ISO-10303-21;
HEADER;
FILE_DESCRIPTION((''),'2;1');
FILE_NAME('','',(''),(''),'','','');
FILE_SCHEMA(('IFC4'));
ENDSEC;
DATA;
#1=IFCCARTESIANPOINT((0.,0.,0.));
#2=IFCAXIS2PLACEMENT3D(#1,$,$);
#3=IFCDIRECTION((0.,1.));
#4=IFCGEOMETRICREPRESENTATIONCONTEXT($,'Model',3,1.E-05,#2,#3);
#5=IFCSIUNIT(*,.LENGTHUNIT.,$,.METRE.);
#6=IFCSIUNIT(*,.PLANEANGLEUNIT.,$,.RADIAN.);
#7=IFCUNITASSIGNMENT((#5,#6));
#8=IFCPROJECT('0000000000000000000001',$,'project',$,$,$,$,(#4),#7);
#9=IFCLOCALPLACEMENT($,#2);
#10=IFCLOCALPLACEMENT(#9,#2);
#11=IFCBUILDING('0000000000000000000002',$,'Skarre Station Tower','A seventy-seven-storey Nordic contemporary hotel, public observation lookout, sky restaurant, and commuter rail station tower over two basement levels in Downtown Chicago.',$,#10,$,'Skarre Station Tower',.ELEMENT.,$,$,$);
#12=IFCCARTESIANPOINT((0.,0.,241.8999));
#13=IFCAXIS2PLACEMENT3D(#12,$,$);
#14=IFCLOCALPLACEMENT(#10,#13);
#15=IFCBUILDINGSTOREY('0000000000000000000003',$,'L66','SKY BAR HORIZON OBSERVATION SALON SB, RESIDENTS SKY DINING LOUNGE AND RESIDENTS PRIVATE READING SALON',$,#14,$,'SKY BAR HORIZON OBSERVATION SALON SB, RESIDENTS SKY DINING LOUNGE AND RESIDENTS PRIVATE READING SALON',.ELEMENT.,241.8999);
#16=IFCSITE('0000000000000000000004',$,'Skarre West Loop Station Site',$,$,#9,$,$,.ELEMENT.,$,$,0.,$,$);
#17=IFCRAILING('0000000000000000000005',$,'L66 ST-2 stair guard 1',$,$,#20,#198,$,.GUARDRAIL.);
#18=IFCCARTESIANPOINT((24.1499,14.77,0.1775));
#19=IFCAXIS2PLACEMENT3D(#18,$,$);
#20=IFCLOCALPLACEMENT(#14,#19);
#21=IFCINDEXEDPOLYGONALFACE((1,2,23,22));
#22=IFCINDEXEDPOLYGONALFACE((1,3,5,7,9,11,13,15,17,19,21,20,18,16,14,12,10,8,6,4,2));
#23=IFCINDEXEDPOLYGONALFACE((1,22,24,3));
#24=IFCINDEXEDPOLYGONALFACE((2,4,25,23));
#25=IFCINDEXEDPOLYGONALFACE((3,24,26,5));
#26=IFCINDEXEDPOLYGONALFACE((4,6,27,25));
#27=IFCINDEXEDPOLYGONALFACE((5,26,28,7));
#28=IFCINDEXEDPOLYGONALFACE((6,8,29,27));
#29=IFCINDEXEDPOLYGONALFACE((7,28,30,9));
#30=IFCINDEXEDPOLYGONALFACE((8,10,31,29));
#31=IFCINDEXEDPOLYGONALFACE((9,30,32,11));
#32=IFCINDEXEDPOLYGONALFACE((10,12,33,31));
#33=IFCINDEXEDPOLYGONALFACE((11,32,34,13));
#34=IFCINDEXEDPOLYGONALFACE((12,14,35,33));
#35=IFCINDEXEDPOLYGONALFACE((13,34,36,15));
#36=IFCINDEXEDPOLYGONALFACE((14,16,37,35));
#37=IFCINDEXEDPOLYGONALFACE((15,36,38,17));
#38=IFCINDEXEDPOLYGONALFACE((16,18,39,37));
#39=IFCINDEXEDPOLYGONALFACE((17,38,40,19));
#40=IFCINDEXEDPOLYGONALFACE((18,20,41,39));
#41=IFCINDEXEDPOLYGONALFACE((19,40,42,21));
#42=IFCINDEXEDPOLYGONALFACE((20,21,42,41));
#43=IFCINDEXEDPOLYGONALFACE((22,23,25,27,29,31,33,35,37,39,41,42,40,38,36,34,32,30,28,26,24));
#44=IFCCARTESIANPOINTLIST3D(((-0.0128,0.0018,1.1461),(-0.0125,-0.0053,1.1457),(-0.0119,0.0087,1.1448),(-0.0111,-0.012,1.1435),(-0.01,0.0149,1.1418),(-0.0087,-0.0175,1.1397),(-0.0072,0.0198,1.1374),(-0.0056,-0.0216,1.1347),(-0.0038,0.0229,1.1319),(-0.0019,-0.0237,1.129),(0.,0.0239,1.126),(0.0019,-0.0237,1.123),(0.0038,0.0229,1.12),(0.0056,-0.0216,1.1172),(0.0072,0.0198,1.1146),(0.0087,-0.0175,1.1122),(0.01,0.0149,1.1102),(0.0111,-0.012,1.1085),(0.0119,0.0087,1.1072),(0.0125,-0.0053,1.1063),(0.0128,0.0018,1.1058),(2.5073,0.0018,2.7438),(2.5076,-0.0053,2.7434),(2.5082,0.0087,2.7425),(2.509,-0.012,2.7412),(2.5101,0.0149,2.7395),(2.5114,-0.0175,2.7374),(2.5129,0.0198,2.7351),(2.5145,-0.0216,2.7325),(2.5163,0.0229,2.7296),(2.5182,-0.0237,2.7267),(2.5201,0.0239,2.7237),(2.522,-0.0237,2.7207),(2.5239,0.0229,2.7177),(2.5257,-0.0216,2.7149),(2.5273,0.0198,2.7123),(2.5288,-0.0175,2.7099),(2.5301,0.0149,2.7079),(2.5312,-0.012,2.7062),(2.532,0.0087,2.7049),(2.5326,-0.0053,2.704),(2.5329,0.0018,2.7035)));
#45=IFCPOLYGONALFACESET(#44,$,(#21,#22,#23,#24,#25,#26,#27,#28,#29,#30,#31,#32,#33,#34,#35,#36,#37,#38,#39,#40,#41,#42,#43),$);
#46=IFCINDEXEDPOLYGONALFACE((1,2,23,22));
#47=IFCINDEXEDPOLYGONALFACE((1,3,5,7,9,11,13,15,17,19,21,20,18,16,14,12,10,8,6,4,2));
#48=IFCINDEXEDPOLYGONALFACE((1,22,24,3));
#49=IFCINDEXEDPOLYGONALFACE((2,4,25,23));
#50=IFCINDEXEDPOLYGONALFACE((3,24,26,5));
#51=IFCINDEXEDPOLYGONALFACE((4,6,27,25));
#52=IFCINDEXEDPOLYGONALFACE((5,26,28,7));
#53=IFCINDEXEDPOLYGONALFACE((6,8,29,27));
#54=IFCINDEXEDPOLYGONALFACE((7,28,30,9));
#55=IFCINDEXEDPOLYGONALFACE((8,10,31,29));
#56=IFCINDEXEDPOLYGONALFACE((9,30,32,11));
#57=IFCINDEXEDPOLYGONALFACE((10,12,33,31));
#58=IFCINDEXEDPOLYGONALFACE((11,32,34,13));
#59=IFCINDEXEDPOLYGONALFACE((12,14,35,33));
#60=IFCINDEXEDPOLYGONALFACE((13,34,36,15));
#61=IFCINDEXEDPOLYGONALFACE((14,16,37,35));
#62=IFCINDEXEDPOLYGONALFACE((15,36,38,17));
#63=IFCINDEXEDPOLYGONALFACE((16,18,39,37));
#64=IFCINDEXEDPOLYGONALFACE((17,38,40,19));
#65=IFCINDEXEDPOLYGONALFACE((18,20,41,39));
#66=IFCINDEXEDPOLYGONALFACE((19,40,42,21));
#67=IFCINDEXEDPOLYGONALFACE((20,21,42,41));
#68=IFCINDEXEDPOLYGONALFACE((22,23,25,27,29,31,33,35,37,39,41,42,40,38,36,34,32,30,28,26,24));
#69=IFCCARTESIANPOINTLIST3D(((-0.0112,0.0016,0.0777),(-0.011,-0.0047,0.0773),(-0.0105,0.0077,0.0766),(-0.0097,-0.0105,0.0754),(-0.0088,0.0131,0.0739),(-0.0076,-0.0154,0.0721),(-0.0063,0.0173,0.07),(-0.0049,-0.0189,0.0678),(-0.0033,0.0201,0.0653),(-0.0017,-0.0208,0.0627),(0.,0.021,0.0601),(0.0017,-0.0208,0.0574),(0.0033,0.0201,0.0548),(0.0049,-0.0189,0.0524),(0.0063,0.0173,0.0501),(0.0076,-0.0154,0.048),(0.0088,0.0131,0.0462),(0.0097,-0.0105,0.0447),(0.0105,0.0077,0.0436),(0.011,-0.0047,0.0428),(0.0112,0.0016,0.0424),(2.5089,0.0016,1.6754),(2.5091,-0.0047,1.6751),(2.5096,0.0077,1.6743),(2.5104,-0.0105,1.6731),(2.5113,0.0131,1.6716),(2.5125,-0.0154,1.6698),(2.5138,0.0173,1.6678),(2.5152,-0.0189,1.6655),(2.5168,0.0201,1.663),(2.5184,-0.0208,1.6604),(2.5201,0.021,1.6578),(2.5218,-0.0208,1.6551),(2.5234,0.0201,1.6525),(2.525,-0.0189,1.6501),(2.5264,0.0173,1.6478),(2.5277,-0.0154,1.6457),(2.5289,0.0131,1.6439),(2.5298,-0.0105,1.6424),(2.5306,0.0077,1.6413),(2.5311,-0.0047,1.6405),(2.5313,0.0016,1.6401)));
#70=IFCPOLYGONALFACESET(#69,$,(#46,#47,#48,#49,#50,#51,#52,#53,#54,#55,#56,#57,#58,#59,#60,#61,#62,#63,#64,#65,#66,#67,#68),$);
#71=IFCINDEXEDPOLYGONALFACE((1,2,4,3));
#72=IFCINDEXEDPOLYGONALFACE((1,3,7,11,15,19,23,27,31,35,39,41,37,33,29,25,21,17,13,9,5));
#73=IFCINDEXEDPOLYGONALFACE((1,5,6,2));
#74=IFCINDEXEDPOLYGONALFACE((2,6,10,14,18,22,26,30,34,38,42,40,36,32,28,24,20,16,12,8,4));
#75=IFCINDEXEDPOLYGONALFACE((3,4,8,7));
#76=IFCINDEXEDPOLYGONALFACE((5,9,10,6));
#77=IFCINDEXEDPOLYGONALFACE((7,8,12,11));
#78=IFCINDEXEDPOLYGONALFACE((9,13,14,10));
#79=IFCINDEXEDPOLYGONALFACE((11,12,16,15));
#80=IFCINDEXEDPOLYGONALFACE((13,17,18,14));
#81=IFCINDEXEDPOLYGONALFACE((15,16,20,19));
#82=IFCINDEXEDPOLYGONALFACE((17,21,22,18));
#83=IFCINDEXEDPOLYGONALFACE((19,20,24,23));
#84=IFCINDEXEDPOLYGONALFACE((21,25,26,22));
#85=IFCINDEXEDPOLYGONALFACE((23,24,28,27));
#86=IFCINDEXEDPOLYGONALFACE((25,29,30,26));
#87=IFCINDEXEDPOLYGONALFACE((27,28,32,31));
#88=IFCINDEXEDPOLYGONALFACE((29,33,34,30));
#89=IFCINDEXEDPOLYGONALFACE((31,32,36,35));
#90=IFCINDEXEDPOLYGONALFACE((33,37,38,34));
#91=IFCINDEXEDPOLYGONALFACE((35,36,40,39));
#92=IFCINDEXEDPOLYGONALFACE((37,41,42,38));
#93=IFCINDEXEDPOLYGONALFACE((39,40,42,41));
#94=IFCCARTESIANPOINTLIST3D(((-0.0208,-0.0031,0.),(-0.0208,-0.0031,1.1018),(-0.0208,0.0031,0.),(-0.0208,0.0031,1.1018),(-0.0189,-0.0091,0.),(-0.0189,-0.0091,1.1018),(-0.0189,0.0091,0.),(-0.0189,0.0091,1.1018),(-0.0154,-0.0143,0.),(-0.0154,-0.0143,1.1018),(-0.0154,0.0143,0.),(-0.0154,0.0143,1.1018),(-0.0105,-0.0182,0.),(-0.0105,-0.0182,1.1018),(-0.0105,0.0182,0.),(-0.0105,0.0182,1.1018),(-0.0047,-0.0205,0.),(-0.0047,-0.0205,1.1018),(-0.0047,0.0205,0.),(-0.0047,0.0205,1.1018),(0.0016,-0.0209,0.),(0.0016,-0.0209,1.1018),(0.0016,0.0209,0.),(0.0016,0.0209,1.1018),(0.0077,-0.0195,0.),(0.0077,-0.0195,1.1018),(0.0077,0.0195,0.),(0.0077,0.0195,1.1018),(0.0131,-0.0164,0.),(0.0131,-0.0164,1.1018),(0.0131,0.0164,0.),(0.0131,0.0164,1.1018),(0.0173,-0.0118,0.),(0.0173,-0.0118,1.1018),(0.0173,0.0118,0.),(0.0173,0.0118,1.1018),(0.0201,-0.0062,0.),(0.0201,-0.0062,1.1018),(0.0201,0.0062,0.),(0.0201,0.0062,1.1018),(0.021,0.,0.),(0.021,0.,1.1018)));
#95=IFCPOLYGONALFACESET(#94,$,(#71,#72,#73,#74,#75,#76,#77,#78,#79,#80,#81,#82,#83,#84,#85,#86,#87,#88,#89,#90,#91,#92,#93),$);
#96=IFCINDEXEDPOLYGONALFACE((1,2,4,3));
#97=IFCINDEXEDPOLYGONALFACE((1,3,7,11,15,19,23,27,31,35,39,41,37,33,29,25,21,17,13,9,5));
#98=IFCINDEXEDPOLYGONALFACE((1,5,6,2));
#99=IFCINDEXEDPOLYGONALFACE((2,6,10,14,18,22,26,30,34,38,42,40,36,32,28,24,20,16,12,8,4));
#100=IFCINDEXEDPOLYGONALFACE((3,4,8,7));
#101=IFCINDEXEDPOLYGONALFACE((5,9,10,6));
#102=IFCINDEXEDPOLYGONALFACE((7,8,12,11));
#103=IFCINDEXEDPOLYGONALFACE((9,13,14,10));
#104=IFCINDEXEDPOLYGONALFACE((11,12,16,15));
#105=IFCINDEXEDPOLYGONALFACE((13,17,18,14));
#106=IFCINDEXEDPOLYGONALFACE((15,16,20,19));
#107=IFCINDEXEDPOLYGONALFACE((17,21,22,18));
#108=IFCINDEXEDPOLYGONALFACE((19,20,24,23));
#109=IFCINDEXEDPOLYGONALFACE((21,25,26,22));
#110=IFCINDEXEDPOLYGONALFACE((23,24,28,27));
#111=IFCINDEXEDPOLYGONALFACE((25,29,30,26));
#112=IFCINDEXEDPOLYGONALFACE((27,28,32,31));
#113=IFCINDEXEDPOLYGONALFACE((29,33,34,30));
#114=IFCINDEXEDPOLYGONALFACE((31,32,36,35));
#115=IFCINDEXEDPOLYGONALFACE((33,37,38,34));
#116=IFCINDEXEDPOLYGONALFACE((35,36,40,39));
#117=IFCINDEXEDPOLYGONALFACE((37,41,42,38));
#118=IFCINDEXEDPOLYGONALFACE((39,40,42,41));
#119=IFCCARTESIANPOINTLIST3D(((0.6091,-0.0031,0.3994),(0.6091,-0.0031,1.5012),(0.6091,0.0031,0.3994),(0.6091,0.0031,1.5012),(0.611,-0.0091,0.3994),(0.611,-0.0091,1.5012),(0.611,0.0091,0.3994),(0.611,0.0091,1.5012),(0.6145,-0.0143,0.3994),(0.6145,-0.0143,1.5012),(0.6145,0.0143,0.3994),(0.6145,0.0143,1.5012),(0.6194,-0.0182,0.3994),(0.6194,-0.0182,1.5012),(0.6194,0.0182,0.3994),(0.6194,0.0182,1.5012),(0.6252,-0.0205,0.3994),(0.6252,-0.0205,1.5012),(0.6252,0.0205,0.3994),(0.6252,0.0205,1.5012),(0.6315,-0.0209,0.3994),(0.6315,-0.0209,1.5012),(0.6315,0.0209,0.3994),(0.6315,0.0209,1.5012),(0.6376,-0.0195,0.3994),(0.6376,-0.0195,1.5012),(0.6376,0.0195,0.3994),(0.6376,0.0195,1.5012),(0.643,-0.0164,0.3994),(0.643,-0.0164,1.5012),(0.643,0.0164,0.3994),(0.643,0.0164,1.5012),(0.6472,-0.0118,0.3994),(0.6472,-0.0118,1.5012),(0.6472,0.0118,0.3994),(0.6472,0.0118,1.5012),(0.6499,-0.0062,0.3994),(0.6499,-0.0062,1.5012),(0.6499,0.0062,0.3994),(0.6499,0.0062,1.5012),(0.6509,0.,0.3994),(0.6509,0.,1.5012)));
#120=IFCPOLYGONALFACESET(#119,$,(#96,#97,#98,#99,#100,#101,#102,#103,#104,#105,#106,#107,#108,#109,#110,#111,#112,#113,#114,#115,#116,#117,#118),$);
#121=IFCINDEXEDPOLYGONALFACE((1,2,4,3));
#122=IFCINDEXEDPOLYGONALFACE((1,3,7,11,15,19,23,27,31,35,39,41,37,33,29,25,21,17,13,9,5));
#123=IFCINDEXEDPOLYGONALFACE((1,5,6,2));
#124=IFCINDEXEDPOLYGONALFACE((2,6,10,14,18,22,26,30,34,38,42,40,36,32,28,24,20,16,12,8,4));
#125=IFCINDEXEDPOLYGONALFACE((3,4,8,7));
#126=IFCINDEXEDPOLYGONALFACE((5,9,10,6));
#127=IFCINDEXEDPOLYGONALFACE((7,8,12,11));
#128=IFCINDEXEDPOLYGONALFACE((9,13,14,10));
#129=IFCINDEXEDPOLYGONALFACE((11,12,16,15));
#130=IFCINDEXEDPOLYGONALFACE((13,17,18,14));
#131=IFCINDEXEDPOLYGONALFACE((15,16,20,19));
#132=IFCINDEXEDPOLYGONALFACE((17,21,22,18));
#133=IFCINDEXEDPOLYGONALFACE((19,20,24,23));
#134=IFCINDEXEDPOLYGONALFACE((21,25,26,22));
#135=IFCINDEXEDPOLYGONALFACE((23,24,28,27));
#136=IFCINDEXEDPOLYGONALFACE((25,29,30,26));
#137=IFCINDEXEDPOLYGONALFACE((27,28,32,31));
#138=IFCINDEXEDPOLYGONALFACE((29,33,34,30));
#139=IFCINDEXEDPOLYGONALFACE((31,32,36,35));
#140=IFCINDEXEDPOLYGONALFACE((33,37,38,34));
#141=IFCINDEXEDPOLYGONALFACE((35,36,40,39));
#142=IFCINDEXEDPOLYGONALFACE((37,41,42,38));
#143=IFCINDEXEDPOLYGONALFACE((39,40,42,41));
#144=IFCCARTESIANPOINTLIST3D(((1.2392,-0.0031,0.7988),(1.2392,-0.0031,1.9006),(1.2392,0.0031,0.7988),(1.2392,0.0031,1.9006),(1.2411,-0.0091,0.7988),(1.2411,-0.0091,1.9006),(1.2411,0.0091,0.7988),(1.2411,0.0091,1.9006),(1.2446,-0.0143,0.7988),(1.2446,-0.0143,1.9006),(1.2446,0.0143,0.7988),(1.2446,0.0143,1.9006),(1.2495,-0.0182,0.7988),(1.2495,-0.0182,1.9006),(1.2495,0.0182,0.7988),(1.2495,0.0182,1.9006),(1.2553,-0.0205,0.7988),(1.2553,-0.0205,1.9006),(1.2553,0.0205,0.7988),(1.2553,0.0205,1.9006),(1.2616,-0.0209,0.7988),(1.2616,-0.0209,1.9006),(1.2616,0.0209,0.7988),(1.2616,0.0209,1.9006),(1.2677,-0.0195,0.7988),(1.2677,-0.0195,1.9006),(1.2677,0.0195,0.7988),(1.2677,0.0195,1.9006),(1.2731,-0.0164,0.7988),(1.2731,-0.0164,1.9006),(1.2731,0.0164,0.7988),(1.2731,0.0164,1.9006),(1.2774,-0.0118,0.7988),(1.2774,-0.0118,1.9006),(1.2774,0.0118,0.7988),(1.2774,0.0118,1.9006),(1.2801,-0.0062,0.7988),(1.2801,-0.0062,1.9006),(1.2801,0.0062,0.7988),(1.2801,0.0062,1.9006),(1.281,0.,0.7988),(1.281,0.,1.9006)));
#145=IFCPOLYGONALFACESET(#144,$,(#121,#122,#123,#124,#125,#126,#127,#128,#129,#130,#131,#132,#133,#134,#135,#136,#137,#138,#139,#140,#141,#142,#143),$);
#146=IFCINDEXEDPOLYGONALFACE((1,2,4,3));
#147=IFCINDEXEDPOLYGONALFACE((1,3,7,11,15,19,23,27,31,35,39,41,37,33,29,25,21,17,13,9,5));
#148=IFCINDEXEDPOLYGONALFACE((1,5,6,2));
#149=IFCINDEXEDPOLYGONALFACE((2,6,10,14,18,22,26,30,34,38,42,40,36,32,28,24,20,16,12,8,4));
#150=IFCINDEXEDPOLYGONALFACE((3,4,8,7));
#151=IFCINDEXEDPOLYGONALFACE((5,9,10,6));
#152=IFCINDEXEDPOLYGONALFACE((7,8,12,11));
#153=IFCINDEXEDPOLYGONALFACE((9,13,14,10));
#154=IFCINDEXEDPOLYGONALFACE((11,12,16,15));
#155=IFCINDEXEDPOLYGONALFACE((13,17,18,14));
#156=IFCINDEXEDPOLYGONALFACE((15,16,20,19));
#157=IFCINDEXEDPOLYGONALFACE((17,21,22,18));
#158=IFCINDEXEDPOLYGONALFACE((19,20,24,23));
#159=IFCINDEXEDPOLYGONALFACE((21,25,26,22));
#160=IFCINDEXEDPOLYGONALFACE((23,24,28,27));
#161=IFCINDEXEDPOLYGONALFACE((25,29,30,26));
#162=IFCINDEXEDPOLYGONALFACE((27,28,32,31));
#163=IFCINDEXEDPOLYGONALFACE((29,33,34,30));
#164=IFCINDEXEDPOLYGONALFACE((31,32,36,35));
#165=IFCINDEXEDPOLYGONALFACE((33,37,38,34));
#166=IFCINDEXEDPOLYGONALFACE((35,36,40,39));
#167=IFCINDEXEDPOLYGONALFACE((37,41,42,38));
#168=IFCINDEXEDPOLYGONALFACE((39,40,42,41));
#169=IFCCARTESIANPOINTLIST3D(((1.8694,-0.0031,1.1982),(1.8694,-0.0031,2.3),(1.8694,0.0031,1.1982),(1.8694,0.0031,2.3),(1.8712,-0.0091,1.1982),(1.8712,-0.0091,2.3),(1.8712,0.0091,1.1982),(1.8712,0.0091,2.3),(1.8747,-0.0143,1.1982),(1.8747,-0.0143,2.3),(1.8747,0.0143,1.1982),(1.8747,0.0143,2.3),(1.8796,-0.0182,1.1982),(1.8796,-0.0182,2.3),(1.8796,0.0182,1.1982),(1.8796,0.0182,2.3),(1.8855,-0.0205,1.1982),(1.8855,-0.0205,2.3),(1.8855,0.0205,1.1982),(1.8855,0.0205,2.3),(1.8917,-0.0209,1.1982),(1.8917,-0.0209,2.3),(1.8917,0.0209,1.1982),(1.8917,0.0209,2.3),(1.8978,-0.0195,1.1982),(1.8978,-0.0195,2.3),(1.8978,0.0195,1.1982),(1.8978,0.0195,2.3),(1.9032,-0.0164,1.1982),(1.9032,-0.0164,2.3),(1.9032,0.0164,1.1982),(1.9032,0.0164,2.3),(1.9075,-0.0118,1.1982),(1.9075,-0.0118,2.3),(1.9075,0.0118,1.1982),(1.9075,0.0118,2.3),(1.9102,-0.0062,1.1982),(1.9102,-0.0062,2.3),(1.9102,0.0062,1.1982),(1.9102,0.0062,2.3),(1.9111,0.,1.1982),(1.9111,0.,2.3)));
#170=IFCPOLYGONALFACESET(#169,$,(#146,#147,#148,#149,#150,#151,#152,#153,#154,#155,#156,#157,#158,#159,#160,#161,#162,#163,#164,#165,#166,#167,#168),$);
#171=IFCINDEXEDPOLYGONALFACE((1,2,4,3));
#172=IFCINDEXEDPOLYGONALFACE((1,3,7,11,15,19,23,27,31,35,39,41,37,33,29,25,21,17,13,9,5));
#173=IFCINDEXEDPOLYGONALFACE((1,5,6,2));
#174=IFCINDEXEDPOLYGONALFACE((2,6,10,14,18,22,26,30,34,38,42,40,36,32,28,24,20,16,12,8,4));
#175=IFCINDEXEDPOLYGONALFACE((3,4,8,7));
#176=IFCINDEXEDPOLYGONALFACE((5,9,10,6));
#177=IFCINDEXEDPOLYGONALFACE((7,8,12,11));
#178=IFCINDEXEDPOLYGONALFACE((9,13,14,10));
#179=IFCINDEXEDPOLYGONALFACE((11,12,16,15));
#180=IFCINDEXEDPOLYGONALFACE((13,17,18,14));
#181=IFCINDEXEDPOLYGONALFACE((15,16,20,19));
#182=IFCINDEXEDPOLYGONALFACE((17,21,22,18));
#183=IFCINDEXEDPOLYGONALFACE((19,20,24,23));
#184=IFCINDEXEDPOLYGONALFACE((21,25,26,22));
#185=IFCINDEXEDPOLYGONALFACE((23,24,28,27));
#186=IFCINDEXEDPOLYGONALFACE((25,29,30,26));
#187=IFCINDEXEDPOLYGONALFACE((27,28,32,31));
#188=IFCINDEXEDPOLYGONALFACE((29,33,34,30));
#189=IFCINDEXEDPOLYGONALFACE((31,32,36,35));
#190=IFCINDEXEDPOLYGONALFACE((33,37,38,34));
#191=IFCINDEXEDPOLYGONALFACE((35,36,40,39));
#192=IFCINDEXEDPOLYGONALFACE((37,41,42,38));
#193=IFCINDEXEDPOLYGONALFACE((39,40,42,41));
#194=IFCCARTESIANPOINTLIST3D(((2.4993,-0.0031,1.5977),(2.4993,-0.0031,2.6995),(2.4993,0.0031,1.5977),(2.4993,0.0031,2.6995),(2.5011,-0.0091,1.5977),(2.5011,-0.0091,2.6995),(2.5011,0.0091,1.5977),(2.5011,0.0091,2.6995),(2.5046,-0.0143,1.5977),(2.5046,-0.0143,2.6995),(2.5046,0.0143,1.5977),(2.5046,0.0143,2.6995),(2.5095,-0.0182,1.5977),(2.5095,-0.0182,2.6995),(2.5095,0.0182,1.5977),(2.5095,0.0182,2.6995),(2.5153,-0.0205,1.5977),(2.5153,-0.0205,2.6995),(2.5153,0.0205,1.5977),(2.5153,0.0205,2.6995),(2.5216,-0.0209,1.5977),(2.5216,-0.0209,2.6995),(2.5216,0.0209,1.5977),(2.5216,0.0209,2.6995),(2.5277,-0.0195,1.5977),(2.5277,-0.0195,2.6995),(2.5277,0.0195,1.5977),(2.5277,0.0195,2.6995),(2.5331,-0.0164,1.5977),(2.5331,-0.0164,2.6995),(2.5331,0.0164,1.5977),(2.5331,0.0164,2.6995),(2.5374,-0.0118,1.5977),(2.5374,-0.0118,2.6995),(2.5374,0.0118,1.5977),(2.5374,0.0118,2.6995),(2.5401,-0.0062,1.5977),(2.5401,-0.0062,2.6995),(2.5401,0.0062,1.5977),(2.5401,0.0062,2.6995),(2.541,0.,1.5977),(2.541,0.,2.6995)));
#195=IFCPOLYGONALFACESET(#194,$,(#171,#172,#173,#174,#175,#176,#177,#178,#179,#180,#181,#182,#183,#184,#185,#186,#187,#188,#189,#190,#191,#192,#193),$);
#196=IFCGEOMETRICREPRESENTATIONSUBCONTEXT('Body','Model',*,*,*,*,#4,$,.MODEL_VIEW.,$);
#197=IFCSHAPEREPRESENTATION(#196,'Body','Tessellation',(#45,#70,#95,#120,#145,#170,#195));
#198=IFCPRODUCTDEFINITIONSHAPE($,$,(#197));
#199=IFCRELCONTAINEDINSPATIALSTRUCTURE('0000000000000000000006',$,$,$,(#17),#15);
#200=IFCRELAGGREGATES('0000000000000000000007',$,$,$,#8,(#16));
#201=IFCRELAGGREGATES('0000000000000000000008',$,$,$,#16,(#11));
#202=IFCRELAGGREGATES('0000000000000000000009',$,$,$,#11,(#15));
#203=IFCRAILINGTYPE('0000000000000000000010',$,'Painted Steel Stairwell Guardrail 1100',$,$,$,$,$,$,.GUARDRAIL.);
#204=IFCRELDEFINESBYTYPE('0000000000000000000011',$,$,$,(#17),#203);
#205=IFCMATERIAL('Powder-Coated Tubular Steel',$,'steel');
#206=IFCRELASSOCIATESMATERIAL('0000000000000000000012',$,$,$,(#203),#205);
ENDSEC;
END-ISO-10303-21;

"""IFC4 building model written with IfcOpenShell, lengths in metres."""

from ifc_helpers import new_model, si_unit, direction, frame, origin, origin_2d, place, context, subcontext, project, spatial, circle, extrude, material, type_object, element, save


model = new_model("IFC4")

# Units and contexts
model_context = context("Model", 3, precision=1e-05, world=origin(), true_north=direction((0.0, 1.0)))
body_context = subcontext(model_context, "Body", "Model", "MODEL_VIEW")
ifc_project = project(units=[si_unit("LENGTHUNIT", "METRE"), si_unit("PLANEANGLEUNIT", "RADIAN")], contexts=[model_context])

# Site, building, storey
site_placement = place(None, origin())
site = spatial("IfcSite", under=ifc_project, at=site_placement, Name="Skarre West Loop Station Site", CompositionType="ELEMENT", RefElevation=0.0)
building_placement = place(site_placement, origin())
building = spatial("IfcBuilding", under=site, at=building_placement, Name="Skarre Station Tower", Description="A seventy-seven-storey Nordic contemporary hotel, public observation lookout, sky restaurant, and commuter rail station tower over two basement levels in Downtown Chicago.", LongName="Skarre Station Tower", CompositionType="ELEMENT")
storey_placement = place(building_placement, frame((0.0, 0.0, 241.8999)))
storey = spatial("IfcBuildingStorey", under=building, at=storey_placement, Name="L66", Description="SKY BAR HORIZON OBSERVATION SALON SB, RESIDENTS SKY DINING LOUNGE AND RESIDENTS PRIVATE READING SALON", LongName="SKY BAR HORIZON OBSERVATION SALON SB, RESIDENTS SKY DINING LOUNGE AND RESIDENTS PRIVATE READING SALON", CompositionType="ELEMENT", Elevation=241.8999)

# Railing
ifc_material_1 = material(Name="Powder-Coated Tubular Steel", Category="steel")
railing_type_1 = type_object("IfcRailingType", Name="Painted Steel Stairwell Guardrail 1100", PredefinedType="GUARDRAIL", material=ifc_material_1)
railing_1_placement = place(storey_placement, frame((24.1499, 14.77, 0.1775)))
element("IfcRailing", 1, at=railing_1_placement, inside=storey, type_object=railing_type_1, Name="L66 ST-2 stair guard 1", PredefinedType="GUARDRAIL", context=body_context, shape_type="SweptSolid", body=[
    extrude(circle(Radius=0.0239, at=origin_2d()), frame((0.0, 0.0, 1.126), z_axis=(0.84457, 0.0, 0.535445), x_axis=(0.0, 1.0, 0.0)), (0.0, 0.0, 1.0), 2.9839),
    extrude(circle(Radius=0.021, at=origin_2d()), frame((0.0, 0.0, 0.0601), z_axis=(0.84457, 0.0, 0.535445), x_axis=(0.0, 1.0, 0.0)), (0.0, 0.0, 1.0), 2.9839),
    extrude(circle(Radius=0.021, at=origin_2d()), origin(), (0.0, 0.0, 1.0), 1.1018),
    extrude(circle(Radius=0.021, at=origin_2d()), frame((0.6299, 0.0, 0.3994)), (0.0, 0.0, 1.0), 1.1018),
    extrude(circle(Radius=0.021, at=origin_2d()), frame((1.26, 0.0, 0.7988)), (0.0, 0.0, 1.0), 1.1018),
    extrude(circle(Radius=0.021, at=origin_2d()), frame((1.8901, 0.0, 1.1982)), (0.0, 0.0, 1.0), 1.1018),
    extrude(circle(Radius=0.021, at=origin_2d()), frame((2.52, 0.0, 1.5977)), (0.0, 0.0, 1.0), 1.1018),
])

save(model, "model.ifc")
